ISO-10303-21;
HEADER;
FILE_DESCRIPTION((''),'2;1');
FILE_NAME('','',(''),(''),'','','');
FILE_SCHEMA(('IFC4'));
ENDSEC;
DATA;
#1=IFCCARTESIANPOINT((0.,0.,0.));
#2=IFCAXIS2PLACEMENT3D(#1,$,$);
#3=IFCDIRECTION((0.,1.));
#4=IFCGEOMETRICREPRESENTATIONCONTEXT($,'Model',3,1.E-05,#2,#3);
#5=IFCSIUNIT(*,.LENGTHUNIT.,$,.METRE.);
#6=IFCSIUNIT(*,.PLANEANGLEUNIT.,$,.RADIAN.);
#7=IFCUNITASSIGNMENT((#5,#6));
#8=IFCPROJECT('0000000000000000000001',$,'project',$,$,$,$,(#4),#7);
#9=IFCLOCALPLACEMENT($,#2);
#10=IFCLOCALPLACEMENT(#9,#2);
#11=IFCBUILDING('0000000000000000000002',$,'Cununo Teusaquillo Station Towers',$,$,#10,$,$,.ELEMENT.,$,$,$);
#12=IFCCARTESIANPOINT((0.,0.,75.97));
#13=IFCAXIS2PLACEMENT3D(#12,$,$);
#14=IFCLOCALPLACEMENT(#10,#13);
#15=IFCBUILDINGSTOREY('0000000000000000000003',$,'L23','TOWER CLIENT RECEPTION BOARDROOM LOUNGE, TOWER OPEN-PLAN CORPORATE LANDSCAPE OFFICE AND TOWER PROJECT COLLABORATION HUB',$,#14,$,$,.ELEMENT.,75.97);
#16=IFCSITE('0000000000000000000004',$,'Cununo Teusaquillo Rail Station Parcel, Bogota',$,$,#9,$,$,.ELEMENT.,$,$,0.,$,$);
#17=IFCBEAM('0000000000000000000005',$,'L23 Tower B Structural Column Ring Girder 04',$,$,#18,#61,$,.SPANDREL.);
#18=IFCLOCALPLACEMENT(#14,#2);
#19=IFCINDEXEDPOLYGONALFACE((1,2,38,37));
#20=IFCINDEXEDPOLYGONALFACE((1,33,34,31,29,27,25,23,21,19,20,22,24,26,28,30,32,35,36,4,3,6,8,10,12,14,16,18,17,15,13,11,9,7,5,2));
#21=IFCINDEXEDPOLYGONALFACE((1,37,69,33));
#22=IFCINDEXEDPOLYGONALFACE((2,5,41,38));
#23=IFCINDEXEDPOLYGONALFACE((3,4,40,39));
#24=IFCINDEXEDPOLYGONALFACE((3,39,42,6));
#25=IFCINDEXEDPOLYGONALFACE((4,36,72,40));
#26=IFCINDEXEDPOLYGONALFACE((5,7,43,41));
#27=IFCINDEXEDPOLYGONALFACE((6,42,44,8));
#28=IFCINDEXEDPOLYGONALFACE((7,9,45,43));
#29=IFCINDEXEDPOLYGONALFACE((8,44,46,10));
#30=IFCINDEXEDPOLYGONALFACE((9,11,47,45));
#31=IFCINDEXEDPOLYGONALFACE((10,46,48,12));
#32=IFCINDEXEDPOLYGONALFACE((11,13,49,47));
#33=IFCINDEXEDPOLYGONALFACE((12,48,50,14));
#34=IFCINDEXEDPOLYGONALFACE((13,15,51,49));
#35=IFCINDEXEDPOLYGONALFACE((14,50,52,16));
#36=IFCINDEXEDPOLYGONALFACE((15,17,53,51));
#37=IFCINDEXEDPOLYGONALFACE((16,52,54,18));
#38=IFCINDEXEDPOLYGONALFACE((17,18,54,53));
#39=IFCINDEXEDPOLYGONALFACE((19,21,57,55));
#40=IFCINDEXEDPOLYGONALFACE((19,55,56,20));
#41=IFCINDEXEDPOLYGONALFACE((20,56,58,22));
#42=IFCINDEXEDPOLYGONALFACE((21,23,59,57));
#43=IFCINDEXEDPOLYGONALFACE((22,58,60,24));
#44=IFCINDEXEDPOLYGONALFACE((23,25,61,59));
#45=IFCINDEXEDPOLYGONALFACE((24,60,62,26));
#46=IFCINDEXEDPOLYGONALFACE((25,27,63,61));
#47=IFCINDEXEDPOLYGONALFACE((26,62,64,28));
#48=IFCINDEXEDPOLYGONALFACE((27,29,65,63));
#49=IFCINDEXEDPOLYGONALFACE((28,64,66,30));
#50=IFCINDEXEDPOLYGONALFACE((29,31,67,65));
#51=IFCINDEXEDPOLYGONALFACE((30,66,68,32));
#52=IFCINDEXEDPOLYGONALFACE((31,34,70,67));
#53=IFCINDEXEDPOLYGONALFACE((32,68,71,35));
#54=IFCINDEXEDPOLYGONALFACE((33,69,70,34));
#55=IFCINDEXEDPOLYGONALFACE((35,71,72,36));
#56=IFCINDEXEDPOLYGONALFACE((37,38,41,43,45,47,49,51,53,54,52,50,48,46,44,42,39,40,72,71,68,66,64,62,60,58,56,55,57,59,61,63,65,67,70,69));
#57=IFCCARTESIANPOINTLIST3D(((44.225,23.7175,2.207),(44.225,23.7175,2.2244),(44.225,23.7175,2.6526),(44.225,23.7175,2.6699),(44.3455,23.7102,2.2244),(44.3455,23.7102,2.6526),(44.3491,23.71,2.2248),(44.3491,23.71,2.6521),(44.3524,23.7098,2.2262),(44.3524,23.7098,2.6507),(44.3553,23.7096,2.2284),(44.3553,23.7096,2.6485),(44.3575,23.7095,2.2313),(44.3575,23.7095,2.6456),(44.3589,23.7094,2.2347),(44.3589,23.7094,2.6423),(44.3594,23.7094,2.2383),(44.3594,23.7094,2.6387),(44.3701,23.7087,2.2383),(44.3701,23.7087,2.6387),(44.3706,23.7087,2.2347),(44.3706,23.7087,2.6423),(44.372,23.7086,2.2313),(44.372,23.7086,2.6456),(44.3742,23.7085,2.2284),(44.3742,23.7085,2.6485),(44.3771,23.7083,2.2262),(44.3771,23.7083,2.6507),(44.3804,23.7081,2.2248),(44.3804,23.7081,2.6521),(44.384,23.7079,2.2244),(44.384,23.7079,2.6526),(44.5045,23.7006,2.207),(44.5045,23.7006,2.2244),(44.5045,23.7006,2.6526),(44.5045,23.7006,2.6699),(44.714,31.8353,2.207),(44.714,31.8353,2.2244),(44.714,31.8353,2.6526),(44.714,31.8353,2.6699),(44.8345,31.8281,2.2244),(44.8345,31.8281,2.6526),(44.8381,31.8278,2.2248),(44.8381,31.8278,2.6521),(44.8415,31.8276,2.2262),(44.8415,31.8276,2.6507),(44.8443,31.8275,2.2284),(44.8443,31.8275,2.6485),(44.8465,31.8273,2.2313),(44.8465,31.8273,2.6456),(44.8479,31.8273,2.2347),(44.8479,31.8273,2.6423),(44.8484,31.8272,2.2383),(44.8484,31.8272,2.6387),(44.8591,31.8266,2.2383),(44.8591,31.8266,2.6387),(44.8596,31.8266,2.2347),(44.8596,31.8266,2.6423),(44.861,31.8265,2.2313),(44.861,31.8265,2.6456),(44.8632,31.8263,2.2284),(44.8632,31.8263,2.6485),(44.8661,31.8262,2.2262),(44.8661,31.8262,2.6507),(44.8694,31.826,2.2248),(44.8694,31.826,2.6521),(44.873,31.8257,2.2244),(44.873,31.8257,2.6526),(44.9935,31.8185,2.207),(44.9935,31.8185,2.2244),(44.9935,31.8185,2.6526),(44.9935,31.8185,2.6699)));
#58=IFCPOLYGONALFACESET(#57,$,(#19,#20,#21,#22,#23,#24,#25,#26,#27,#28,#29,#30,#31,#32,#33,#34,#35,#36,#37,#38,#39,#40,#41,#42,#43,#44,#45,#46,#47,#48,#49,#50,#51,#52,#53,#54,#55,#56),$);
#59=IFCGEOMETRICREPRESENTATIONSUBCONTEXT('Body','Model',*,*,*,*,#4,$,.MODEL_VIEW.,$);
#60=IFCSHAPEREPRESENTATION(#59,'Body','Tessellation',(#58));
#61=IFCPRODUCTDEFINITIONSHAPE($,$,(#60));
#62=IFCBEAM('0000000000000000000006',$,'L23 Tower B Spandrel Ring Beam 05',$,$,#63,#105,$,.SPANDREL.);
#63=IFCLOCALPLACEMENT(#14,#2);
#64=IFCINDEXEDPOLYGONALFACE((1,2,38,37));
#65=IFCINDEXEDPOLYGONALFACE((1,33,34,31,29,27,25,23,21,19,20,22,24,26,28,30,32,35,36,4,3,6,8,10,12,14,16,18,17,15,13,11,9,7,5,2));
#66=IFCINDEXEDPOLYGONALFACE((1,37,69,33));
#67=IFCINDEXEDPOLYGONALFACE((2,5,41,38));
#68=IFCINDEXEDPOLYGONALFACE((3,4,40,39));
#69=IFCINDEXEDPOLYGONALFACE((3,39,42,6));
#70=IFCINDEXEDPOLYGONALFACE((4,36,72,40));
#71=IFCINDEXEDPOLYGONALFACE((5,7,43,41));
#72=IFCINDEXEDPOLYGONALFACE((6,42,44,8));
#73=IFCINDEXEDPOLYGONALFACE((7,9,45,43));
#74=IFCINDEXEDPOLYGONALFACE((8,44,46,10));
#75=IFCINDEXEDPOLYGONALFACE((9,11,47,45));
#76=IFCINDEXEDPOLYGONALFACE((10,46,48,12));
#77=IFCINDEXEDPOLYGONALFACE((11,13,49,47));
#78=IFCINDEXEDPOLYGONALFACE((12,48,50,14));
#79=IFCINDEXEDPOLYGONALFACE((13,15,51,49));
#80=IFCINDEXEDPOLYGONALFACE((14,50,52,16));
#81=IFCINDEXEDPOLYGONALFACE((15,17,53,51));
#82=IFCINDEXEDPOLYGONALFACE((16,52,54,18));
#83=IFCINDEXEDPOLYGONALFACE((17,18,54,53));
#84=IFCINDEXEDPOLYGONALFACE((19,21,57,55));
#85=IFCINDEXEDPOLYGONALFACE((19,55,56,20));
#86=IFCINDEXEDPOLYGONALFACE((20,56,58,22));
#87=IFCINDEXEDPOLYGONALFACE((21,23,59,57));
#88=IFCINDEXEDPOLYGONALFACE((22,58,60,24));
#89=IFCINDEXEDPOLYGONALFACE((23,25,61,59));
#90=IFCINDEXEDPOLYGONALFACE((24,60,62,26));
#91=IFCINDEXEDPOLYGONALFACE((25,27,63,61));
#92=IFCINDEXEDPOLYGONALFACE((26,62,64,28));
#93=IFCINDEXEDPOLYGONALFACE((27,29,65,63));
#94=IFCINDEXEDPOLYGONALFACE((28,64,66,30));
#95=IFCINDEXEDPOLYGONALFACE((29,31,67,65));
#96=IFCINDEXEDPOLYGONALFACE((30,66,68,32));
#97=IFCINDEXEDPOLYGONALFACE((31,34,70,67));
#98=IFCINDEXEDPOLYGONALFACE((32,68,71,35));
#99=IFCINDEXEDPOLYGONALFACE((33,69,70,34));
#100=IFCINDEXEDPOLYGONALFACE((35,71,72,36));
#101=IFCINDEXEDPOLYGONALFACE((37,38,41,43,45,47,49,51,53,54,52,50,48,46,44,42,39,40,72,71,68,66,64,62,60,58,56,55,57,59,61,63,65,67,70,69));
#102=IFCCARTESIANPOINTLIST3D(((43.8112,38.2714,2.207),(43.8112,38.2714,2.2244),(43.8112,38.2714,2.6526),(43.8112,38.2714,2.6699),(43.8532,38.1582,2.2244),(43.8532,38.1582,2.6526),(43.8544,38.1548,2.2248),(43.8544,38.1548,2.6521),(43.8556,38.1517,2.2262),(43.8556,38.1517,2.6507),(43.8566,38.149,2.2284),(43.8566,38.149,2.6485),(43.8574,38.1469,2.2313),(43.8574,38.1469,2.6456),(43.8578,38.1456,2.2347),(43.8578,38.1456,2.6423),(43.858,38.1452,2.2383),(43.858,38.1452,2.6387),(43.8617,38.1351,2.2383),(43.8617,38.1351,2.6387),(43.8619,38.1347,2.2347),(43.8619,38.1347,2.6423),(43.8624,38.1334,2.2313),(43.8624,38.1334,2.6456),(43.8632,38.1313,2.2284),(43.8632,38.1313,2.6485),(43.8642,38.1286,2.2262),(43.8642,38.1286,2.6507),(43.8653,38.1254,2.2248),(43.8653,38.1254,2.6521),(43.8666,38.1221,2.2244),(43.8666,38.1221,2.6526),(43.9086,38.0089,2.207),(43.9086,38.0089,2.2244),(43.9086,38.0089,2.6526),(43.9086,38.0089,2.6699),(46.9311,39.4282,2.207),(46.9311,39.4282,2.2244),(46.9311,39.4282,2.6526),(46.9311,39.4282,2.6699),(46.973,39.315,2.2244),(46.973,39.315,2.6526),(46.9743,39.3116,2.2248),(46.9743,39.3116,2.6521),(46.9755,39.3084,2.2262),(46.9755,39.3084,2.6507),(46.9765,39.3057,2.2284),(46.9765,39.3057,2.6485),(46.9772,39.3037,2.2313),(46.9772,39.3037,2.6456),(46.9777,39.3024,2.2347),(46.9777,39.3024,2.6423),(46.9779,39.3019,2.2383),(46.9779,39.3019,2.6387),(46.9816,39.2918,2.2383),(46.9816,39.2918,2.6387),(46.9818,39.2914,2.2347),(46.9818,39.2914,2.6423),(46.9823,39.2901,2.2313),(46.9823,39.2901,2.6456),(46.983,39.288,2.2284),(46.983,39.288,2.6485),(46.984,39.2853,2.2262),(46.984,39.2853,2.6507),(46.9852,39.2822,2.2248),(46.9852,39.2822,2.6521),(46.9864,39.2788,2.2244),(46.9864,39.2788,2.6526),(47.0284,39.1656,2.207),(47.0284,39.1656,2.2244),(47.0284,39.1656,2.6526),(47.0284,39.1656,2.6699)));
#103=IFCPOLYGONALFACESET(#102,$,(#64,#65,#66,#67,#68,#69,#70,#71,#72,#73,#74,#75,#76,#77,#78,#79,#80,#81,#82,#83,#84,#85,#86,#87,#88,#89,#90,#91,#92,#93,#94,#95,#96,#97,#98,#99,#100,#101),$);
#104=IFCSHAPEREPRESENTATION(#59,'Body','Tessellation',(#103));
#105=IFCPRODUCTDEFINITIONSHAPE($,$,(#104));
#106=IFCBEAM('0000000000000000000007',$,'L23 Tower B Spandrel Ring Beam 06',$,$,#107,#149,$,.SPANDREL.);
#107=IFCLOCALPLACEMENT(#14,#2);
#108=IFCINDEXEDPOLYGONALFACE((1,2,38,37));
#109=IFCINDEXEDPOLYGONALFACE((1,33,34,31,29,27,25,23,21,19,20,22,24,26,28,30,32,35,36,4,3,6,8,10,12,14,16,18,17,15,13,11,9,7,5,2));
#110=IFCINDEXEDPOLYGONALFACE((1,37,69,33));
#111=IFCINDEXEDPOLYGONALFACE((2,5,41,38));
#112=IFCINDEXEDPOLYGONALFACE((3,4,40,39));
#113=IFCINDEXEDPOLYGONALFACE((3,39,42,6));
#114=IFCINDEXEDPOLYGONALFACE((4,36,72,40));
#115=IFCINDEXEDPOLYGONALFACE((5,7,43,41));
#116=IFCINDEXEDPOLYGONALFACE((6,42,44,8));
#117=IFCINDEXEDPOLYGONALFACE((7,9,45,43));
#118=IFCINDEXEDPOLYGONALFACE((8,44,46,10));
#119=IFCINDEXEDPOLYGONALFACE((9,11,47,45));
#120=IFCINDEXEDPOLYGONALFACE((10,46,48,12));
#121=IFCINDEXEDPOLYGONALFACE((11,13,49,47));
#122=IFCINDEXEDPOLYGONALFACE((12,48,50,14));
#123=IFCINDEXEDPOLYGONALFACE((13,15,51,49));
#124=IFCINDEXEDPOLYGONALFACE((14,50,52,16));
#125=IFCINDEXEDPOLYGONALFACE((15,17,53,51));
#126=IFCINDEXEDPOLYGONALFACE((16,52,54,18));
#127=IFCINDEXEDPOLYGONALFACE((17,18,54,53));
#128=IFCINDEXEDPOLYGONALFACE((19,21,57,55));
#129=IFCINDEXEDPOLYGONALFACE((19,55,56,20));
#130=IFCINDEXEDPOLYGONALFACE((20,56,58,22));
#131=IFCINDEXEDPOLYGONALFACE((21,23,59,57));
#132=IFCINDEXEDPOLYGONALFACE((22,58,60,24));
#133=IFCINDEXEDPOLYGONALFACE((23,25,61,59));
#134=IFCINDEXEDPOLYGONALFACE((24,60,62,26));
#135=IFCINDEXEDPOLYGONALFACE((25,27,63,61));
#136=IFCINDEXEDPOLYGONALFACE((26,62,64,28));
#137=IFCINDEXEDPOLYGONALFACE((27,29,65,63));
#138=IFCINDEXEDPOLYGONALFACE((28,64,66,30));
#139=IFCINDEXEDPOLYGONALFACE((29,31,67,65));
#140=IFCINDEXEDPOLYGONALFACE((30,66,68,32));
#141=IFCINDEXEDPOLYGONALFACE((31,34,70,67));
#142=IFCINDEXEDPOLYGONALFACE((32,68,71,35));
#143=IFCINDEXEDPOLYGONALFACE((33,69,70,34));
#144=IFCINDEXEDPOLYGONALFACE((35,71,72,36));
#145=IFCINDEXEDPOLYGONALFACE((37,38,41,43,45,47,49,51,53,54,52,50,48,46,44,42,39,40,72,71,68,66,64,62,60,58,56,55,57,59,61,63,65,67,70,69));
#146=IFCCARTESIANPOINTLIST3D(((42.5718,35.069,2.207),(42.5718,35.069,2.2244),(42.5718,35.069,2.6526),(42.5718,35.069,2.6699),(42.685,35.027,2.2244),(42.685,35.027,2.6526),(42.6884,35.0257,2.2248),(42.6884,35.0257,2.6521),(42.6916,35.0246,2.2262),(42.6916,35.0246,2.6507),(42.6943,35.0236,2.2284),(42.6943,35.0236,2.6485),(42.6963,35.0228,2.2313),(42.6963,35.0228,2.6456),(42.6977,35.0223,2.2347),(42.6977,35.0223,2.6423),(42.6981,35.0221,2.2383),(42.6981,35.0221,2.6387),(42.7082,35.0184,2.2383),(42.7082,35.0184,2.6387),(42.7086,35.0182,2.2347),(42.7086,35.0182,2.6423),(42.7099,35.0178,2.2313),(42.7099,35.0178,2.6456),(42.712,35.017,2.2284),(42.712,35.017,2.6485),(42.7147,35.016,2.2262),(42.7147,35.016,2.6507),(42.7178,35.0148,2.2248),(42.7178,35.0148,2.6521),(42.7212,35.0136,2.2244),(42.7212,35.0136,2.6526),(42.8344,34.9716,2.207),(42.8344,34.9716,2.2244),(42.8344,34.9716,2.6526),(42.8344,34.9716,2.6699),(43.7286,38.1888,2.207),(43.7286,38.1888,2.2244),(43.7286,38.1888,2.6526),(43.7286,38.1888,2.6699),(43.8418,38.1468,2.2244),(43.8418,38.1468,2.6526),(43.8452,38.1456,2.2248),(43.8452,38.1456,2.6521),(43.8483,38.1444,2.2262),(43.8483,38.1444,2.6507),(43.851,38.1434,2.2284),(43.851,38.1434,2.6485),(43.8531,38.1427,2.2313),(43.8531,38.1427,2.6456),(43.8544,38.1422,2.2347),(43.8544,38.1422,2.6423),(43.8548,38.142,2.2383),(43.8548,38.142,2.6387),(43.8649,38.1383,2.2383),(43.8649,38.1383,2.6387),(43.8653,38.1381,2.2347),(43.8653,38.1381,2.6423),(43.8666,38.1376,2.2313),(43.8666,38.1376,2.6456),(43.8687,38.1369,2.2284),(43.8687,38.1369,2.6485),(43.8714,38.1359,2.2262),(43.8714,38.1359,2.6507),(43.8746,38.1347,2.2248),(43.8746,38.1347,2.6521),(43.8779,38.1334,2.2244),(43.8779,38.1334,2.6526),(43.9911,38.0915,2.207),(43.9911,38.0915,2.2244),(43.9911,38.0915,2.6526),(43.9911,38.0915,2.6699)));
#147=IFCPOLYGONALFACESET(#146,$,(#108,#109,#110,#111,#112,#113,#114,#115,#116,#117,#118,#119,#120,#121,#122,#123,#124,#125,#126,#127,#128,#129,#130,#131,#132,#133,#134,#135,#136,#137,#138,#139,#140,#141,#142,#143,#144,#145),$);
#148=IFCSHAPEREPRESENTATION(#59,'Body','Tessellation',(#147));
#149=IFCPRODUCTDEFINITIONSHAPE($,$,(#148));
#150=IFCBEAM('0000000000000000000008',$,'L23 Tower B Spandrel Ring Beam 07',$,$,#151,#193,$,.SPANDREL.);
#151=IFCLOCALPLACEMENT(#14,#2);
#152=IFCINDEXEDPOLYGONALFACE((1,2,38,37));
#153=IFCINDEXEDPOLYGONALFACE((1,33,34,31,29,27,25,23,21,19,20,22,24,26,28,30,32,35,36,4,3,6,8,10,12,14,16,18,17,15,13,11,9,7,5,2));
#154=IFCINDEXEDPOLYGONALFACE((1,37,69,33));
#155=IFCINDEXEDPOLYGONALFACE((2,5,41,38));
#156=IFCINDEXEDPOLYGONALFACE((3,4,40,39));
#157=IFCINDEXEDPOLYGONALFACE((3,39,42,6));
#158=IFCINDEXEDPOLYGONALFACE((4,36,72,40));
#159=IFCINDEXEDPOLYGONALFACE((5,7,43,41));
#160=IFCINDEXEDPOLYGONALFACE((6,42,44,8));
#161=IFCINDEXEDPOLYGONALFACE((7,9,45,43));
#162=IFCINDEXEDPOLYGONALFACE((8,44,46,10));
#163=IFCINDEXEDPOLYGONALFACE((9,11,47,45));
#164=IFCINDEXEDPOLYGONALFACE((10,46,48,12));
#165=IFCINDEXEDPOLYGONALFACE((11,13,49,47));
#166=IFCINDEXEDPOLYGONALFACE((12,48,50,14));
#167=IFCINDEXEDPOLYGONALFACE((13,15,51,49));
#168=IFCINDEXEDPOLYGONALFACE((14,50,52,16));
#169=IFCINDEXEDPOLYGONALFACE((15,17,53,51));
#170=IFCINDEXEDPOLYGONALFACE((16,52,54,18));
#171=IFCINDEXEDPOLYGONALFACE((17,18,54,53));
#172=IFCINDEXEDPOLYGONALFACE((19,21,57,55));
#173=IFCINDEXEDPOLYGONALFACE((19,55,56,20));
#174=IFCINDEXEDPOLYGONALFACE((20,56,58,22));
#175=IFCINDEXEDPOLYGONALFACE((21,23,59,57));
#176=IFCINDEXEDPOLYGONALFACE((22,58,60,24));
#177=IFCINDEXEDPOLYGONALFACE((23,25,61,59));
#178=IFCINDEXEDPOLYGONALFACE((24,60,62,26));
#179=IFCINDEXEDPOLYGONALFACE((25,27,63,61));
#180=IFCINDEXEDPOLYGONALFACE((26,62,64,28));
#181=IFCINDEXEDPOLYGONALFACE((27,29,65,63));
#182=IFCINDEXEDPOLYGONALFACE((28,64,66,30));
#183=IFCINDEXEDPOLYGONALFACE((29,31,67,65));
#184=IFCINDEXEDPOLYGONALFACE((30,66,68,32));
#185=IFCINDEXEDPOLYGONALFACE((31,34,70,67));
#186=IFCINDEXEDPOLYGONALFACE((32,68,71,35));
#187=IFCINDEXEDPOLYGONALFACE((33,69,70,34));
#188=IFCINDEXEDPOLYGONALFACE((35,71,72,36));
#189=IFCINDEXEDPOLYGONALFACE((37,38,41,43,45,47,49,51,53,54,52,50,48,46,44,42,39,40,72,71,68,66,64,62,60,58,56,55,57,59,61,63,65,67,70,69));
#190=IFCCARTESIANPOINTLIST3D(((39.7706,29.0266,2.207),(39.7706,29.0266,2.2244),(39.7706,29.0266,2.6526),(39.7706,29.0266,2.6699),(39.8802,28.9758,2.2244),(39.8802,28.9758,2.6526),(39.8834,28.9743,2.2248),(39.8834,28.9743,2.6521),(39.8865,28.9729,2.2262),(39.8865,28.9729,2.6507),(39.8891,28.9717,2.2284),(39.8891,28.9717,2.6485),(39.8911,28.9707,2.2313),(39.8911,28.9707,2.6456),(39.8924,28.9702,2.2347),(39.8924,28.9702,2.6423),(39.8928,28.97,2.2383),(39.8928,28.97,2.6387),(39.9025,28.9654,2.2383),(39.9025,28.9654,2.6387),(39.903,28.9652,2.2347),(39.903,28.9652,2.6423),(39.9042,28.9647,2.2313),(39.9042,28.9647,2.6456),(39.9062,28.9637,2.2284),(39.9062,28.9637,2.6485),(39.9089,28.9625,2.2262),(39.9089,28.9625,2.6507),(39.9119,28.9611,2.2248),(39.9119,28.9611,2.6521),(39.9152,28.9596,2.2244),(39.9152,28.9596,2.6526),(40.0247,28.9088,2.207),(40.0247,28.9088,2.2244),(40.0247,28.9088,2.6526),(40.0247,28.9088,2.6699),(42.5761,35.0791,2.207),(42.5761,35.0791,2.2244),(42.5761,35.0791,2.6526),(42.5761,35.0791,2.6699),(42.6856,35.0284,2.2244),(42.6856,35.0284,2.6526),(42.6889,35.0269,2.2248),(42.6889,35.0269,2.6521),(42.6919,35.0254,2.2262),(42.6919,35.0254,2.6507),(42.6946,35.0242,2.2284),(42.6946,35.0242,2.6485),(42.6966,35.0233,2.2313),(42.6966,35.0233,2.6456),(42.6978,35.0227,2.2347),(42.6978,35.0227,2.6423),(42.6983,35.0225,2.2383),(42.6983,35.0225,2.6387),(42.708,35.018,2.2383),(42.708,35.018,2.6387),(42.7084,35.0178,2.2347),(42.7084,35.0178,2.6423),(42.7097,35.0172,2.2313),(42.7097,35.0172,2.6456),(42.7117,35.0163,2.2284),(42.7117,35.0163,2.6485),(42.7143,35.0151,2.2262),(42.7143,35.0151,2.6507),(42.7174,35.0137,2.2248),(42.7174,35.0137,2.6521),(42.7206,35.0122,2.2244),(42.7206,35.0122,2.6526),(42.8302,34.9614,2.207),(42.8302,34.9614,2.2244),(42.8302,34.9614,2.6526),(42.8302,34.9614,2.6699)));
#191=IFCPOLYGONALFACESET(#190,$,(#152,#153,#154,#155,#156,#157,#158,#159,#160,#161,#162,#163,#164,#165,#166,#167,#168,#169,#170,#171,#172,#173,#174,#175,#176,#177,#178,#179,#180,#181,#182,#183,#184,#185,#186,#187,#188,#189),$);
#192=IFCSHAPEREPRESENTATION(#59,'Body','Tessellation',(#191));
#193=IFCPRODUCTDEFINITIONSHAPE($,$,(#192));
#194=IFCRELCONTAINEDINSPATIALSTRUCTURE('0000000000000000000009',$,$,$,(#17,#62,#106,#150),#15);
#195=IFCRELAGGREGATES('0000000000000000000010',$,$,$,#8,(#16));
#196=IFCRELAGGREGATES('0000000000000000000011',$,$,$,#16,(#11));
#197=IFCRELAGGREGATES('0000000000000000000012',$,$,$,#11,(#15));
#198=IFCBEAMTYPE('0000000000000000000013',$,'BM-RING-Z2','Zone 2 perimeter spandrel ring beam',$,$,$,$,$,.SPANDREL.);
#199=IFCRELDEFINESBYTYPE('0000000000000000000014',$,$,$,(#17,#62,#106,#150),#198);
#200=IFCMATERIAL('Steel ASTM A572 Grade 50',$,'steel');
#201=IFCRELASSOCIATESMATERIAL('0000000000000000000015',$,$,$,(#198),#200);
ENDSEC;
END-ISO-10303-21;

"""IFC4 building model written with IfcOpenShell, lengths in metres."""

from ifc_helpers import new_model, si_unit, direction, frame, origin, origin_2d, place, context, subcontext, project, spatial, i_section, extrude, material, material_profile, profile_set, type_object, element, save


model = new_model("IFC4")

# Units and contexts
model_context = context("Model", 3, precision=1e-05, world=origin(), true_north=direction((0.0, 1.0)))
body_context = subcontext(model_context, "Body", "Model", "MODEL_VIEW")
ifc_project = project(units=[si_unit("LENGTHUNIT", "METRE"), si_unit("PLANEANGLEUNIT", "RADIAN")], contexts=[model_context])

# Site, building, storey
site_placement = place(None, origin())
site = spatial("IfcSite", under=ifc_project, at=site_placement, Name="Cununo Teusaquillo Rail Station Parcel, Bogota", CompositionType="ELEMENT", RefElevation=0.0)
building_placement = place(site_placement, origin())
building = spatial("IfcBuilding", under=site, at=building_placement, Name="Cununo Teusaquillo Station Towers", CompositionType="ELEMENT")
storey_placement = place(building_placement, frame((0.0, 0.0, 75.97)))
storey = spatial("IfcBuildingStorey", under=building, at=storey_placement, Name="L23", Description="TOWER CLIENT RECEPTION BOARDROOM LOUNGE, TOWER OPEN-PLAN CORPORATE LANDSCAPE OFFICE AND TOWER PROJECT COLLABORATION HUB", CompositionType="ELEMENT", Elevation=75.97)

# Beams
ifc_material_1 = material(Name="Steel ASTM A572 Grade 50", Category="steel")
ifc_material_profile_1 = material_profile(ifc_material_1, i_section(OverallWidth=0.28, OverallDepth=0.4629, WebThickness=0.0107, FlangeThickness=0.0173, FilletRadius=0.0139, at=origin_2d()), Name="W18X76")
ifc_profile_set_1 = profile_set([ifc_material_profile_1], Name="Steel ASTM A572 Grade 50")
beam_type_1 = type_object("IfcBeamType", Name="BM-RING-Z2", Description="Zone 2 perimeter spandrel ring beam", PredefinedType="SPANDREL", material=ifc_profile_set_1)
beam_1_placement = place(storey_placement, frame((44.8538, 31.8269, 2.4385), z_axis=(-0.06013, -0.998191, 0.0), x_axis=(0.998191, -0.06013, 0.0)))
element("IfcBeam", 1, at=beam_1_placement, inside=storey, type_object=beam_type_1, Name="L23 Tower B Structural Column Ring Girder 04", PredefinedType="SPANDREL", context=body_context, shape_type="SweptSolid", body=[
    extrude(i_section(OverallWidth=0.28, OverallDepth=0.4629, WebThickness=0.0107, FlangeThickness=0.0173, FilletRadius=0.0139, at=origin_2d()), origin(), (0.0, 0.0, 1.0), 8.1326),
])
for number, where, z_axis, x_axis, name in (
    (2, (46.9797, 39.2969, 2.4385), (-0.937628, -0.347639, 0.0), (0.347639, -0.937628, 0.0), "L23 Tower B Spandrel Ring Beam 05"),
    (3, (43.8599, 38.1401, 2.4385), (-0.347639, -0.937628, 0.0), (0.937628, -0.347639, 0.0), "L23 Tower B Spandrel Ring Beam 06"),
):
    element("IfcBeam", number, at=place(storey_placement, frame(where, z_axis=z_axis, x_axis=x_axis)), inside=storey, type_object=beam_type_1, Name=name, PredefinedType="SPANDREL", context=body_context, shape_type="SweptSolid", body=[
        extrude(i_section(OverallWidth=0.28, OverallDepth=0.4629, WebThickness=0.0107, FlangeThickness=0.0173, FilletRadius=0.0139, at=origin_2d()), origin(), (0.0, 0.0, 1.0), 3.3274),
    ])
beam_2_placement = place(storey_placement, frame((42.7031, 35.0203, 2.4385), z_axis=(-0.420536, -0.907276, 0.0), x_axis=(0.907276, -0.420536, 0.0)))
element("IfcBeam", 4, at=beam_2_placement, inside=storey, type_object=beam_type_1, Name="L23 Tower B Spandrel Ring Beam 07", PredefinedType="SPANDREL", context=body_context, shape_type="SweptSolid", body=[
    extrude(i_section(OverallWidth=0.28, OverallDepth=0.4629, WebThickness=0.0107, FlangeThickness=0.0173, FilletRadius=0.0139, at=origin_2d()), origin(), (0.0, 0.0, 1.0), 6.6711),
])

save(model, "model.ifc")
